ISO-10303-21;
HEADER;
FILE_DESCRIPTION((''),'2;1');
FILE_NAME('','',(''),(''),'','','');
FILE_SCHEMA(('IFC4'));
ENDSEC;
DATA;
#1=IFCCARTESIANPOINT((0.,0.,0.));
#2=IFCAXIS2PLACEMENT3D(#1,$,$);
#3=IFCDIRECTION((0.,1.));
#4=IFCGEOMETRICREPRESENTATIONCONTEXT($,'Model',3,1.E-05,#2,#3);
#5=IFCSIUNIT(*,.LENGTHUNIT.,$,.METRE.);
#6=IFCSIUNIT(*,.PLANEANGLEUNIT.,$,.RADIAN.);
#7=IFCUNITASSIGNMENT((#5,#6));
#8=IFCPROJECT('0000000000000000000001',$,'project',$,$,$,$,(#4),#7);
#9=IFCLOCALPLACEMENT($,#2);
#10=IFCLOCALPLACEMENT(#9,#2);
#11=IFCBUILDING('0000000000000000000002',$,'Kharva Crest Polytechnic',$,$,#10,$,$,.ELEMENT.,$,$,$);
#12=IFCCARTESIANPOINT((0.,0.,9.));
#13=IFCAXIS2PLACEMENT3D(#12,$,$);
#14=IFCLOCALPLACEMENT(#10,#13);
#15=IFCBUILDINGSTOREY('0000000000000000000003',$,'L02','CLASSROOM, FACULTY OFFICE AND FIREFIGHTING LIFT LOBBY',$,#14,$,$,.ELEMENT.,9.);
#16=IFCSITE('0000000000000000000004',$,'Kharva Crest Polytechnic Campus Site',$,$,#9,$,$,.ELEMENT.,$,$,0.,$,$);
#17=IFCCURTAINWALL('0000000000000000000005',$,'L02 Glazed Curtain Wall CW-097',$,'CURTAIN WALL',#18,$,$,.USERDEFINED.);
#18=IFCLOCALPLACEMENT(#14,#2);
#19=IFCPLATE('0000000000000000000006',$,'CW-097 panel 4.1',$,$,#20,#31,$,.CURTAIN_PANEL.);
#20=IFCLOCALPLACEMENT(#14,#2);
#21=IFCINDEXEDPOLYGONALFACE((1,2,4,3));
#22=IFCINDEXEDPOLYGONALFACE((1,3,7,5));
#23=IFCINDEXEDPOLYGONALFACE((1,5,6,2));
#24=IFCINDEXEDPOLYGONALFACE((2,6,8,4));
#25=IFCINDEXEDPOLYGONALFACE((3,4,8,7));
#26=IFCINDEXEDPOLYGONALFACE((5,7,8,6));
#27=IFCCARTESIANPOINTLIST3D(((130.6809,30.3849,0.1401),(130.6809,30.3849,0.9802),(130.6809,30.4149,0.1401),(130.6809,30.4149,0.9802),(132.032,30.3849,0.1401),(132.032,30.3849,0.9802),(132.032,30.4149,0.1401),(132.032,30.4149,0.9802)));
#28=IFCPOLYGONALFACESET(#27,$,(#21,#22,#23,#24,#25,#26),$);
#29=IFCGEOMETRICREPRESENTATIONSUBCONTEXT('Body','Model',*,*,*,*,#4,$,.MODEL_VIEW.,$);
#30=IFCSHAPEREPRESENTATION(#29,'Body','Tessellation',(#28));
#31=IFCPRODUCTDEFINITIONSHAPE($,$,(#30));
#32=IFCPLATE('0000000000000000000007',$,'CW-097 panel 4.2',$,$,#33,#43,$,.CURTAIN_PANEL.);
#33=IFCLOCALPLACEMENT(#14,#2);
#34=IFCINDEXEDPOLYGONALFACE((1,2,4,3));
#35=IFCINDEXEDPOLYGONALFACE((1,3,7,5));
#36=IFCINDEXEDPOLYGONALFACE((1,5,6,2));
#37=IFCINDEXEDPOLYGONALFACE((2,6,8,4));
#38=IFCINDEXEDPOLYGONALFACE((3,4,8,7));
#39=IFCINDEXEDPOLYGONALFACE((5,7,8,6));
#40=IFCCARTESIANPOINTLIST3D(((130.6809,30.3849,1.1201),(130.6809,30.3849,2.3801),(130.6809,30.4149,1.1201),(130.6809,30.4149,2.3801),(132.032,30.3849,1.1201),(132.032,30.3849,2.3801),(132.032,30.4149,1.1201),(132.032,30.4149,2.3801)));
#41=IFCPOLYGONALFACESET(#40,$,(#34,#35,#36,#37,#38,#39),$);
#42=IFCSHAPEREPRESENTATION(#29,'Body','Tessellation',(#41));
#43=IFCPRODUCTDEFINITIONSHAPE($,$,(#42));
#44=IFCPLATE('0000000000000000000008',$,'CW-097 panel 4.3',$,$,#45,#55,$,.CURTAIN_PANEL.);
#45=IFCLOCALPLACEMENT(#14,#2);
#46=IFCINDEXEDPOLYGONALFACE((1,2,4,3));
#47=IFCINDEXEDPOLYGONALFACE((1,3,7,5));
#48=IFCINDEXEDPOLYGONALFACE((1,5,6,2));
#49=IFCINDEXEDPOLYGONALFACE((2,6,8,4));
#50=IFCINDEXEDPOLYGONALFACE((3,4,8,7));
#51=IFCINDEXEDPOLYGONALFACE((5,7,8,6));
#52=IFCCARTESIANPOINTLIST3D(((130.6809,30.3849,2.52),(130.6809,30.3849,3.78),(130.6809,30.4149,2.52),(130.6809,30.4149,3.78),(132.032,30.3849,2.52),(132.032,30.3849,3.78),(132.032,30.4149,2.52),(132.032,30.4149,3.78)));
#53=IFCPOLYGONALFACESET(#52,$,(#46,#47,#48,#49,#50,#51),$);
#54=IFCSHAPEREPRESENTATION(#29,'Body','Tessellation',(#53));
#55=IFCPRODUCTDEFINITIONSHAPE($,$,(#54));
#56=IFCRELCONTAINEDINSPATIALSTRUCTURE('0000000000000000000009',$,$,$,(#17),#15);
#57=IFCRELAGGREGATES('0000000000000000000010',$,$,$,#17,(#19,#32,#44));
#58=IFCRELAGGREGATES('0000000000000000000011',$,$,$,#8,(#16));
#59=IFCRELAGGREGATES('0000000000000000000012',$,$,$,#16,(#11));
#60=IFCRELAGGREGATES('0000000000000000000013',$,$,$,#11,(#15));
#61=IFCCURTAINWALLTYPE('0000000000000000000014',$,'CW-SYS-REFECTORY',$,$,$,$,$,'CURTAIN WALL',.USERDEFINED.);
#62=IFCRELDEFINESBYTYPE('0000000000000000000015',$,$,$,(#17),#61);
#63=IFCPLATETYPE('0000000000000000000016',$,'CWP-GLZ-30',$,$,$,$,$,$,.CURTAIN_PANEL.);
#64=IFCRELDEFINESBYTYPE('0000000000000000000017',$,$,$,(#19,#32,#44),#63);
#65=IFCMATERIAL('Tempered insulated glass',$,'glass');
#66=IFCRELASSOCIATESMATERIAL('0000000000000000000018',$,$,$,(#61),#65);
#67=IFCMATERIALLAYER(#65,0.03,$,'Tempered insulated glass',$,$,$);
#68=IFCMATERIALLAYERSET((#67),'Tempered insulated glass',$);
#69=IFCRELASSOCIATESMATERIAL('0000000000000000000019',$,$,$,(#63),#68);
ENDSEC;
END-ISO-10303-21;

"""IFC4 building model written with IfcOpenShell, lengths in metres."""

from ifc_helpers import new_model, si_unit, direction, frame, origin, origin_2d, place, context, subcontext, project, spatial, rectangle, extrude, material, layer, layer_set, type_object, element, aggregate, save


model = new_model("IFC4")

# Units and contexts
model_context = context("Model", 3, precision=1e-05, world=origin(), true_north=direction((0.0, 1.0)))
body_context = subcontext(model_context, "Body", "Model", "MODEL_VIEW")
ifc_project = project(units=[si_unit("LENGTHUNIT", "METRE"), si_unit("PLANEANGLEUNIT", "RADIAN")], contexts=[model_context])

# Site, building, storey
site_placement = place(None, origin())
site = spatial("IfcSite", under=ifc_project, at=site_placement, Name="Kharva Crest Polytechnic Campus Site", CompositionType="ELEMENT", RefElevation=0.0)
building_placement = place(site_placement, origin())
building = spatial("IfcBuilding", under=site, at=building_placement, Name="Kharva Crest Polytechnic", CompositionType="ELEMENT")
storey_placement = place(building_placement, frame((0.0, 0.0, 9.0)))
storey = spatial("IfcBuildingStorey", under=building, at=storey_placement, Name="L02", Description="CLASSROOM, FACULTY OFFICE AND FIREFIGHTING LIFT LOBBY", CompositionType="ELEMENT", Elevation=9.0)

# Curtain wall
ifc_material_1 = material(Name="Tempered insulated glass", Category="glass")
curtain_wall_type = type_object("IfcCurtainWallType", Name="CW-SYS-REFECTORY", ElementType="CURTAIN WALL", PredefinedType="USERDEFINED", material=ifc_material_1)
curtain_wall_placement = place(storey_placement, origin())
curtain_wall = element("IfcCurtainWall", 1, at=curtain_wall_placement, inside=storey, type_object=curtain_wall_type, Name="L02 Glazed Curtain Wall CW-097", ObjectType="CURTAIN WALL", PredefinedType="USERDEFINED")

# Plates
ifc_layer = layer(ifc_material_1, 0.03, Name="Tempered insulated glass")
ifc_layer_set = layer_set([ifc_layer], Name="Tempered insulated glass")
plate_type = type_object("IfcPlateType", Name="CWP-GLZ-30", PredefinedType="CURTAIN_PANEL", material=ifc_layer_set)
plate_1_placement = place(storey_placement, frame((131.3564, 30.3999, 0.1401), z_axis=(0.0, 0.0, 1.0), x_axis=(-1.0, 0.0, 0.0)))
plate_1 = element("IfcPlate", 2, at=plate_1_placement, type_object=plate_type, Name="CW-097 panel 4.1", PredefinedType="CURTAIN_PANEL", context=body_context, shape_type="SweptSolid", body=[
    extrude(rectangle(XDim=1.3511, YDim=0.03, at=origin_2d()), origin(), (0.0, 0.0, 1.0), 0.8401),
])
plate_2_placement = place(storey_placement, frame((131.3564, 30.3999, 1.1201), z_axis=(0.0, 0.0, 1.0), x_axis=(-1.0, 0.0, 0.0)))
plate_2 = element("IfcPlate", 3, at=plate_2_placement, type_object=plate_type, Name="CW-097 panel 4.2", PredefinedType="CURTAIN_PANEL", context=body_context, shape_type="SweptSolid", body=[
    extrude(rectangle(XDim=1.3511, YDim=0.03, at=origin_2d()), origin(), (0.0, 0.0, 1.0), 1.26),
])
plate_3_placement = place(storey_placement, frame((131.3564, 30.3999, 2.52), z_axis=(0.0, 0.0, 1.0), x_axis=(-1.0, 0.0, 0.0)))
plate_3 = element("IfcPlate", 4, at=plate_3_placement, type_object=plate_type, Name="CW-097 panel 4.3", PredefinedType="CURTAIN_PANEL", context=body_context, shape_type="SweptSolid", body=[
    extrude(rectangle(XDim=1.3511, YDim=0.03, at=origin_2d()), origin(), (0.0, 0.0, 1.0), 1.26),
])
aggregate(curtain_wall, [plate_1, plate_2, plate_3])

save(model, "model.ifc")
